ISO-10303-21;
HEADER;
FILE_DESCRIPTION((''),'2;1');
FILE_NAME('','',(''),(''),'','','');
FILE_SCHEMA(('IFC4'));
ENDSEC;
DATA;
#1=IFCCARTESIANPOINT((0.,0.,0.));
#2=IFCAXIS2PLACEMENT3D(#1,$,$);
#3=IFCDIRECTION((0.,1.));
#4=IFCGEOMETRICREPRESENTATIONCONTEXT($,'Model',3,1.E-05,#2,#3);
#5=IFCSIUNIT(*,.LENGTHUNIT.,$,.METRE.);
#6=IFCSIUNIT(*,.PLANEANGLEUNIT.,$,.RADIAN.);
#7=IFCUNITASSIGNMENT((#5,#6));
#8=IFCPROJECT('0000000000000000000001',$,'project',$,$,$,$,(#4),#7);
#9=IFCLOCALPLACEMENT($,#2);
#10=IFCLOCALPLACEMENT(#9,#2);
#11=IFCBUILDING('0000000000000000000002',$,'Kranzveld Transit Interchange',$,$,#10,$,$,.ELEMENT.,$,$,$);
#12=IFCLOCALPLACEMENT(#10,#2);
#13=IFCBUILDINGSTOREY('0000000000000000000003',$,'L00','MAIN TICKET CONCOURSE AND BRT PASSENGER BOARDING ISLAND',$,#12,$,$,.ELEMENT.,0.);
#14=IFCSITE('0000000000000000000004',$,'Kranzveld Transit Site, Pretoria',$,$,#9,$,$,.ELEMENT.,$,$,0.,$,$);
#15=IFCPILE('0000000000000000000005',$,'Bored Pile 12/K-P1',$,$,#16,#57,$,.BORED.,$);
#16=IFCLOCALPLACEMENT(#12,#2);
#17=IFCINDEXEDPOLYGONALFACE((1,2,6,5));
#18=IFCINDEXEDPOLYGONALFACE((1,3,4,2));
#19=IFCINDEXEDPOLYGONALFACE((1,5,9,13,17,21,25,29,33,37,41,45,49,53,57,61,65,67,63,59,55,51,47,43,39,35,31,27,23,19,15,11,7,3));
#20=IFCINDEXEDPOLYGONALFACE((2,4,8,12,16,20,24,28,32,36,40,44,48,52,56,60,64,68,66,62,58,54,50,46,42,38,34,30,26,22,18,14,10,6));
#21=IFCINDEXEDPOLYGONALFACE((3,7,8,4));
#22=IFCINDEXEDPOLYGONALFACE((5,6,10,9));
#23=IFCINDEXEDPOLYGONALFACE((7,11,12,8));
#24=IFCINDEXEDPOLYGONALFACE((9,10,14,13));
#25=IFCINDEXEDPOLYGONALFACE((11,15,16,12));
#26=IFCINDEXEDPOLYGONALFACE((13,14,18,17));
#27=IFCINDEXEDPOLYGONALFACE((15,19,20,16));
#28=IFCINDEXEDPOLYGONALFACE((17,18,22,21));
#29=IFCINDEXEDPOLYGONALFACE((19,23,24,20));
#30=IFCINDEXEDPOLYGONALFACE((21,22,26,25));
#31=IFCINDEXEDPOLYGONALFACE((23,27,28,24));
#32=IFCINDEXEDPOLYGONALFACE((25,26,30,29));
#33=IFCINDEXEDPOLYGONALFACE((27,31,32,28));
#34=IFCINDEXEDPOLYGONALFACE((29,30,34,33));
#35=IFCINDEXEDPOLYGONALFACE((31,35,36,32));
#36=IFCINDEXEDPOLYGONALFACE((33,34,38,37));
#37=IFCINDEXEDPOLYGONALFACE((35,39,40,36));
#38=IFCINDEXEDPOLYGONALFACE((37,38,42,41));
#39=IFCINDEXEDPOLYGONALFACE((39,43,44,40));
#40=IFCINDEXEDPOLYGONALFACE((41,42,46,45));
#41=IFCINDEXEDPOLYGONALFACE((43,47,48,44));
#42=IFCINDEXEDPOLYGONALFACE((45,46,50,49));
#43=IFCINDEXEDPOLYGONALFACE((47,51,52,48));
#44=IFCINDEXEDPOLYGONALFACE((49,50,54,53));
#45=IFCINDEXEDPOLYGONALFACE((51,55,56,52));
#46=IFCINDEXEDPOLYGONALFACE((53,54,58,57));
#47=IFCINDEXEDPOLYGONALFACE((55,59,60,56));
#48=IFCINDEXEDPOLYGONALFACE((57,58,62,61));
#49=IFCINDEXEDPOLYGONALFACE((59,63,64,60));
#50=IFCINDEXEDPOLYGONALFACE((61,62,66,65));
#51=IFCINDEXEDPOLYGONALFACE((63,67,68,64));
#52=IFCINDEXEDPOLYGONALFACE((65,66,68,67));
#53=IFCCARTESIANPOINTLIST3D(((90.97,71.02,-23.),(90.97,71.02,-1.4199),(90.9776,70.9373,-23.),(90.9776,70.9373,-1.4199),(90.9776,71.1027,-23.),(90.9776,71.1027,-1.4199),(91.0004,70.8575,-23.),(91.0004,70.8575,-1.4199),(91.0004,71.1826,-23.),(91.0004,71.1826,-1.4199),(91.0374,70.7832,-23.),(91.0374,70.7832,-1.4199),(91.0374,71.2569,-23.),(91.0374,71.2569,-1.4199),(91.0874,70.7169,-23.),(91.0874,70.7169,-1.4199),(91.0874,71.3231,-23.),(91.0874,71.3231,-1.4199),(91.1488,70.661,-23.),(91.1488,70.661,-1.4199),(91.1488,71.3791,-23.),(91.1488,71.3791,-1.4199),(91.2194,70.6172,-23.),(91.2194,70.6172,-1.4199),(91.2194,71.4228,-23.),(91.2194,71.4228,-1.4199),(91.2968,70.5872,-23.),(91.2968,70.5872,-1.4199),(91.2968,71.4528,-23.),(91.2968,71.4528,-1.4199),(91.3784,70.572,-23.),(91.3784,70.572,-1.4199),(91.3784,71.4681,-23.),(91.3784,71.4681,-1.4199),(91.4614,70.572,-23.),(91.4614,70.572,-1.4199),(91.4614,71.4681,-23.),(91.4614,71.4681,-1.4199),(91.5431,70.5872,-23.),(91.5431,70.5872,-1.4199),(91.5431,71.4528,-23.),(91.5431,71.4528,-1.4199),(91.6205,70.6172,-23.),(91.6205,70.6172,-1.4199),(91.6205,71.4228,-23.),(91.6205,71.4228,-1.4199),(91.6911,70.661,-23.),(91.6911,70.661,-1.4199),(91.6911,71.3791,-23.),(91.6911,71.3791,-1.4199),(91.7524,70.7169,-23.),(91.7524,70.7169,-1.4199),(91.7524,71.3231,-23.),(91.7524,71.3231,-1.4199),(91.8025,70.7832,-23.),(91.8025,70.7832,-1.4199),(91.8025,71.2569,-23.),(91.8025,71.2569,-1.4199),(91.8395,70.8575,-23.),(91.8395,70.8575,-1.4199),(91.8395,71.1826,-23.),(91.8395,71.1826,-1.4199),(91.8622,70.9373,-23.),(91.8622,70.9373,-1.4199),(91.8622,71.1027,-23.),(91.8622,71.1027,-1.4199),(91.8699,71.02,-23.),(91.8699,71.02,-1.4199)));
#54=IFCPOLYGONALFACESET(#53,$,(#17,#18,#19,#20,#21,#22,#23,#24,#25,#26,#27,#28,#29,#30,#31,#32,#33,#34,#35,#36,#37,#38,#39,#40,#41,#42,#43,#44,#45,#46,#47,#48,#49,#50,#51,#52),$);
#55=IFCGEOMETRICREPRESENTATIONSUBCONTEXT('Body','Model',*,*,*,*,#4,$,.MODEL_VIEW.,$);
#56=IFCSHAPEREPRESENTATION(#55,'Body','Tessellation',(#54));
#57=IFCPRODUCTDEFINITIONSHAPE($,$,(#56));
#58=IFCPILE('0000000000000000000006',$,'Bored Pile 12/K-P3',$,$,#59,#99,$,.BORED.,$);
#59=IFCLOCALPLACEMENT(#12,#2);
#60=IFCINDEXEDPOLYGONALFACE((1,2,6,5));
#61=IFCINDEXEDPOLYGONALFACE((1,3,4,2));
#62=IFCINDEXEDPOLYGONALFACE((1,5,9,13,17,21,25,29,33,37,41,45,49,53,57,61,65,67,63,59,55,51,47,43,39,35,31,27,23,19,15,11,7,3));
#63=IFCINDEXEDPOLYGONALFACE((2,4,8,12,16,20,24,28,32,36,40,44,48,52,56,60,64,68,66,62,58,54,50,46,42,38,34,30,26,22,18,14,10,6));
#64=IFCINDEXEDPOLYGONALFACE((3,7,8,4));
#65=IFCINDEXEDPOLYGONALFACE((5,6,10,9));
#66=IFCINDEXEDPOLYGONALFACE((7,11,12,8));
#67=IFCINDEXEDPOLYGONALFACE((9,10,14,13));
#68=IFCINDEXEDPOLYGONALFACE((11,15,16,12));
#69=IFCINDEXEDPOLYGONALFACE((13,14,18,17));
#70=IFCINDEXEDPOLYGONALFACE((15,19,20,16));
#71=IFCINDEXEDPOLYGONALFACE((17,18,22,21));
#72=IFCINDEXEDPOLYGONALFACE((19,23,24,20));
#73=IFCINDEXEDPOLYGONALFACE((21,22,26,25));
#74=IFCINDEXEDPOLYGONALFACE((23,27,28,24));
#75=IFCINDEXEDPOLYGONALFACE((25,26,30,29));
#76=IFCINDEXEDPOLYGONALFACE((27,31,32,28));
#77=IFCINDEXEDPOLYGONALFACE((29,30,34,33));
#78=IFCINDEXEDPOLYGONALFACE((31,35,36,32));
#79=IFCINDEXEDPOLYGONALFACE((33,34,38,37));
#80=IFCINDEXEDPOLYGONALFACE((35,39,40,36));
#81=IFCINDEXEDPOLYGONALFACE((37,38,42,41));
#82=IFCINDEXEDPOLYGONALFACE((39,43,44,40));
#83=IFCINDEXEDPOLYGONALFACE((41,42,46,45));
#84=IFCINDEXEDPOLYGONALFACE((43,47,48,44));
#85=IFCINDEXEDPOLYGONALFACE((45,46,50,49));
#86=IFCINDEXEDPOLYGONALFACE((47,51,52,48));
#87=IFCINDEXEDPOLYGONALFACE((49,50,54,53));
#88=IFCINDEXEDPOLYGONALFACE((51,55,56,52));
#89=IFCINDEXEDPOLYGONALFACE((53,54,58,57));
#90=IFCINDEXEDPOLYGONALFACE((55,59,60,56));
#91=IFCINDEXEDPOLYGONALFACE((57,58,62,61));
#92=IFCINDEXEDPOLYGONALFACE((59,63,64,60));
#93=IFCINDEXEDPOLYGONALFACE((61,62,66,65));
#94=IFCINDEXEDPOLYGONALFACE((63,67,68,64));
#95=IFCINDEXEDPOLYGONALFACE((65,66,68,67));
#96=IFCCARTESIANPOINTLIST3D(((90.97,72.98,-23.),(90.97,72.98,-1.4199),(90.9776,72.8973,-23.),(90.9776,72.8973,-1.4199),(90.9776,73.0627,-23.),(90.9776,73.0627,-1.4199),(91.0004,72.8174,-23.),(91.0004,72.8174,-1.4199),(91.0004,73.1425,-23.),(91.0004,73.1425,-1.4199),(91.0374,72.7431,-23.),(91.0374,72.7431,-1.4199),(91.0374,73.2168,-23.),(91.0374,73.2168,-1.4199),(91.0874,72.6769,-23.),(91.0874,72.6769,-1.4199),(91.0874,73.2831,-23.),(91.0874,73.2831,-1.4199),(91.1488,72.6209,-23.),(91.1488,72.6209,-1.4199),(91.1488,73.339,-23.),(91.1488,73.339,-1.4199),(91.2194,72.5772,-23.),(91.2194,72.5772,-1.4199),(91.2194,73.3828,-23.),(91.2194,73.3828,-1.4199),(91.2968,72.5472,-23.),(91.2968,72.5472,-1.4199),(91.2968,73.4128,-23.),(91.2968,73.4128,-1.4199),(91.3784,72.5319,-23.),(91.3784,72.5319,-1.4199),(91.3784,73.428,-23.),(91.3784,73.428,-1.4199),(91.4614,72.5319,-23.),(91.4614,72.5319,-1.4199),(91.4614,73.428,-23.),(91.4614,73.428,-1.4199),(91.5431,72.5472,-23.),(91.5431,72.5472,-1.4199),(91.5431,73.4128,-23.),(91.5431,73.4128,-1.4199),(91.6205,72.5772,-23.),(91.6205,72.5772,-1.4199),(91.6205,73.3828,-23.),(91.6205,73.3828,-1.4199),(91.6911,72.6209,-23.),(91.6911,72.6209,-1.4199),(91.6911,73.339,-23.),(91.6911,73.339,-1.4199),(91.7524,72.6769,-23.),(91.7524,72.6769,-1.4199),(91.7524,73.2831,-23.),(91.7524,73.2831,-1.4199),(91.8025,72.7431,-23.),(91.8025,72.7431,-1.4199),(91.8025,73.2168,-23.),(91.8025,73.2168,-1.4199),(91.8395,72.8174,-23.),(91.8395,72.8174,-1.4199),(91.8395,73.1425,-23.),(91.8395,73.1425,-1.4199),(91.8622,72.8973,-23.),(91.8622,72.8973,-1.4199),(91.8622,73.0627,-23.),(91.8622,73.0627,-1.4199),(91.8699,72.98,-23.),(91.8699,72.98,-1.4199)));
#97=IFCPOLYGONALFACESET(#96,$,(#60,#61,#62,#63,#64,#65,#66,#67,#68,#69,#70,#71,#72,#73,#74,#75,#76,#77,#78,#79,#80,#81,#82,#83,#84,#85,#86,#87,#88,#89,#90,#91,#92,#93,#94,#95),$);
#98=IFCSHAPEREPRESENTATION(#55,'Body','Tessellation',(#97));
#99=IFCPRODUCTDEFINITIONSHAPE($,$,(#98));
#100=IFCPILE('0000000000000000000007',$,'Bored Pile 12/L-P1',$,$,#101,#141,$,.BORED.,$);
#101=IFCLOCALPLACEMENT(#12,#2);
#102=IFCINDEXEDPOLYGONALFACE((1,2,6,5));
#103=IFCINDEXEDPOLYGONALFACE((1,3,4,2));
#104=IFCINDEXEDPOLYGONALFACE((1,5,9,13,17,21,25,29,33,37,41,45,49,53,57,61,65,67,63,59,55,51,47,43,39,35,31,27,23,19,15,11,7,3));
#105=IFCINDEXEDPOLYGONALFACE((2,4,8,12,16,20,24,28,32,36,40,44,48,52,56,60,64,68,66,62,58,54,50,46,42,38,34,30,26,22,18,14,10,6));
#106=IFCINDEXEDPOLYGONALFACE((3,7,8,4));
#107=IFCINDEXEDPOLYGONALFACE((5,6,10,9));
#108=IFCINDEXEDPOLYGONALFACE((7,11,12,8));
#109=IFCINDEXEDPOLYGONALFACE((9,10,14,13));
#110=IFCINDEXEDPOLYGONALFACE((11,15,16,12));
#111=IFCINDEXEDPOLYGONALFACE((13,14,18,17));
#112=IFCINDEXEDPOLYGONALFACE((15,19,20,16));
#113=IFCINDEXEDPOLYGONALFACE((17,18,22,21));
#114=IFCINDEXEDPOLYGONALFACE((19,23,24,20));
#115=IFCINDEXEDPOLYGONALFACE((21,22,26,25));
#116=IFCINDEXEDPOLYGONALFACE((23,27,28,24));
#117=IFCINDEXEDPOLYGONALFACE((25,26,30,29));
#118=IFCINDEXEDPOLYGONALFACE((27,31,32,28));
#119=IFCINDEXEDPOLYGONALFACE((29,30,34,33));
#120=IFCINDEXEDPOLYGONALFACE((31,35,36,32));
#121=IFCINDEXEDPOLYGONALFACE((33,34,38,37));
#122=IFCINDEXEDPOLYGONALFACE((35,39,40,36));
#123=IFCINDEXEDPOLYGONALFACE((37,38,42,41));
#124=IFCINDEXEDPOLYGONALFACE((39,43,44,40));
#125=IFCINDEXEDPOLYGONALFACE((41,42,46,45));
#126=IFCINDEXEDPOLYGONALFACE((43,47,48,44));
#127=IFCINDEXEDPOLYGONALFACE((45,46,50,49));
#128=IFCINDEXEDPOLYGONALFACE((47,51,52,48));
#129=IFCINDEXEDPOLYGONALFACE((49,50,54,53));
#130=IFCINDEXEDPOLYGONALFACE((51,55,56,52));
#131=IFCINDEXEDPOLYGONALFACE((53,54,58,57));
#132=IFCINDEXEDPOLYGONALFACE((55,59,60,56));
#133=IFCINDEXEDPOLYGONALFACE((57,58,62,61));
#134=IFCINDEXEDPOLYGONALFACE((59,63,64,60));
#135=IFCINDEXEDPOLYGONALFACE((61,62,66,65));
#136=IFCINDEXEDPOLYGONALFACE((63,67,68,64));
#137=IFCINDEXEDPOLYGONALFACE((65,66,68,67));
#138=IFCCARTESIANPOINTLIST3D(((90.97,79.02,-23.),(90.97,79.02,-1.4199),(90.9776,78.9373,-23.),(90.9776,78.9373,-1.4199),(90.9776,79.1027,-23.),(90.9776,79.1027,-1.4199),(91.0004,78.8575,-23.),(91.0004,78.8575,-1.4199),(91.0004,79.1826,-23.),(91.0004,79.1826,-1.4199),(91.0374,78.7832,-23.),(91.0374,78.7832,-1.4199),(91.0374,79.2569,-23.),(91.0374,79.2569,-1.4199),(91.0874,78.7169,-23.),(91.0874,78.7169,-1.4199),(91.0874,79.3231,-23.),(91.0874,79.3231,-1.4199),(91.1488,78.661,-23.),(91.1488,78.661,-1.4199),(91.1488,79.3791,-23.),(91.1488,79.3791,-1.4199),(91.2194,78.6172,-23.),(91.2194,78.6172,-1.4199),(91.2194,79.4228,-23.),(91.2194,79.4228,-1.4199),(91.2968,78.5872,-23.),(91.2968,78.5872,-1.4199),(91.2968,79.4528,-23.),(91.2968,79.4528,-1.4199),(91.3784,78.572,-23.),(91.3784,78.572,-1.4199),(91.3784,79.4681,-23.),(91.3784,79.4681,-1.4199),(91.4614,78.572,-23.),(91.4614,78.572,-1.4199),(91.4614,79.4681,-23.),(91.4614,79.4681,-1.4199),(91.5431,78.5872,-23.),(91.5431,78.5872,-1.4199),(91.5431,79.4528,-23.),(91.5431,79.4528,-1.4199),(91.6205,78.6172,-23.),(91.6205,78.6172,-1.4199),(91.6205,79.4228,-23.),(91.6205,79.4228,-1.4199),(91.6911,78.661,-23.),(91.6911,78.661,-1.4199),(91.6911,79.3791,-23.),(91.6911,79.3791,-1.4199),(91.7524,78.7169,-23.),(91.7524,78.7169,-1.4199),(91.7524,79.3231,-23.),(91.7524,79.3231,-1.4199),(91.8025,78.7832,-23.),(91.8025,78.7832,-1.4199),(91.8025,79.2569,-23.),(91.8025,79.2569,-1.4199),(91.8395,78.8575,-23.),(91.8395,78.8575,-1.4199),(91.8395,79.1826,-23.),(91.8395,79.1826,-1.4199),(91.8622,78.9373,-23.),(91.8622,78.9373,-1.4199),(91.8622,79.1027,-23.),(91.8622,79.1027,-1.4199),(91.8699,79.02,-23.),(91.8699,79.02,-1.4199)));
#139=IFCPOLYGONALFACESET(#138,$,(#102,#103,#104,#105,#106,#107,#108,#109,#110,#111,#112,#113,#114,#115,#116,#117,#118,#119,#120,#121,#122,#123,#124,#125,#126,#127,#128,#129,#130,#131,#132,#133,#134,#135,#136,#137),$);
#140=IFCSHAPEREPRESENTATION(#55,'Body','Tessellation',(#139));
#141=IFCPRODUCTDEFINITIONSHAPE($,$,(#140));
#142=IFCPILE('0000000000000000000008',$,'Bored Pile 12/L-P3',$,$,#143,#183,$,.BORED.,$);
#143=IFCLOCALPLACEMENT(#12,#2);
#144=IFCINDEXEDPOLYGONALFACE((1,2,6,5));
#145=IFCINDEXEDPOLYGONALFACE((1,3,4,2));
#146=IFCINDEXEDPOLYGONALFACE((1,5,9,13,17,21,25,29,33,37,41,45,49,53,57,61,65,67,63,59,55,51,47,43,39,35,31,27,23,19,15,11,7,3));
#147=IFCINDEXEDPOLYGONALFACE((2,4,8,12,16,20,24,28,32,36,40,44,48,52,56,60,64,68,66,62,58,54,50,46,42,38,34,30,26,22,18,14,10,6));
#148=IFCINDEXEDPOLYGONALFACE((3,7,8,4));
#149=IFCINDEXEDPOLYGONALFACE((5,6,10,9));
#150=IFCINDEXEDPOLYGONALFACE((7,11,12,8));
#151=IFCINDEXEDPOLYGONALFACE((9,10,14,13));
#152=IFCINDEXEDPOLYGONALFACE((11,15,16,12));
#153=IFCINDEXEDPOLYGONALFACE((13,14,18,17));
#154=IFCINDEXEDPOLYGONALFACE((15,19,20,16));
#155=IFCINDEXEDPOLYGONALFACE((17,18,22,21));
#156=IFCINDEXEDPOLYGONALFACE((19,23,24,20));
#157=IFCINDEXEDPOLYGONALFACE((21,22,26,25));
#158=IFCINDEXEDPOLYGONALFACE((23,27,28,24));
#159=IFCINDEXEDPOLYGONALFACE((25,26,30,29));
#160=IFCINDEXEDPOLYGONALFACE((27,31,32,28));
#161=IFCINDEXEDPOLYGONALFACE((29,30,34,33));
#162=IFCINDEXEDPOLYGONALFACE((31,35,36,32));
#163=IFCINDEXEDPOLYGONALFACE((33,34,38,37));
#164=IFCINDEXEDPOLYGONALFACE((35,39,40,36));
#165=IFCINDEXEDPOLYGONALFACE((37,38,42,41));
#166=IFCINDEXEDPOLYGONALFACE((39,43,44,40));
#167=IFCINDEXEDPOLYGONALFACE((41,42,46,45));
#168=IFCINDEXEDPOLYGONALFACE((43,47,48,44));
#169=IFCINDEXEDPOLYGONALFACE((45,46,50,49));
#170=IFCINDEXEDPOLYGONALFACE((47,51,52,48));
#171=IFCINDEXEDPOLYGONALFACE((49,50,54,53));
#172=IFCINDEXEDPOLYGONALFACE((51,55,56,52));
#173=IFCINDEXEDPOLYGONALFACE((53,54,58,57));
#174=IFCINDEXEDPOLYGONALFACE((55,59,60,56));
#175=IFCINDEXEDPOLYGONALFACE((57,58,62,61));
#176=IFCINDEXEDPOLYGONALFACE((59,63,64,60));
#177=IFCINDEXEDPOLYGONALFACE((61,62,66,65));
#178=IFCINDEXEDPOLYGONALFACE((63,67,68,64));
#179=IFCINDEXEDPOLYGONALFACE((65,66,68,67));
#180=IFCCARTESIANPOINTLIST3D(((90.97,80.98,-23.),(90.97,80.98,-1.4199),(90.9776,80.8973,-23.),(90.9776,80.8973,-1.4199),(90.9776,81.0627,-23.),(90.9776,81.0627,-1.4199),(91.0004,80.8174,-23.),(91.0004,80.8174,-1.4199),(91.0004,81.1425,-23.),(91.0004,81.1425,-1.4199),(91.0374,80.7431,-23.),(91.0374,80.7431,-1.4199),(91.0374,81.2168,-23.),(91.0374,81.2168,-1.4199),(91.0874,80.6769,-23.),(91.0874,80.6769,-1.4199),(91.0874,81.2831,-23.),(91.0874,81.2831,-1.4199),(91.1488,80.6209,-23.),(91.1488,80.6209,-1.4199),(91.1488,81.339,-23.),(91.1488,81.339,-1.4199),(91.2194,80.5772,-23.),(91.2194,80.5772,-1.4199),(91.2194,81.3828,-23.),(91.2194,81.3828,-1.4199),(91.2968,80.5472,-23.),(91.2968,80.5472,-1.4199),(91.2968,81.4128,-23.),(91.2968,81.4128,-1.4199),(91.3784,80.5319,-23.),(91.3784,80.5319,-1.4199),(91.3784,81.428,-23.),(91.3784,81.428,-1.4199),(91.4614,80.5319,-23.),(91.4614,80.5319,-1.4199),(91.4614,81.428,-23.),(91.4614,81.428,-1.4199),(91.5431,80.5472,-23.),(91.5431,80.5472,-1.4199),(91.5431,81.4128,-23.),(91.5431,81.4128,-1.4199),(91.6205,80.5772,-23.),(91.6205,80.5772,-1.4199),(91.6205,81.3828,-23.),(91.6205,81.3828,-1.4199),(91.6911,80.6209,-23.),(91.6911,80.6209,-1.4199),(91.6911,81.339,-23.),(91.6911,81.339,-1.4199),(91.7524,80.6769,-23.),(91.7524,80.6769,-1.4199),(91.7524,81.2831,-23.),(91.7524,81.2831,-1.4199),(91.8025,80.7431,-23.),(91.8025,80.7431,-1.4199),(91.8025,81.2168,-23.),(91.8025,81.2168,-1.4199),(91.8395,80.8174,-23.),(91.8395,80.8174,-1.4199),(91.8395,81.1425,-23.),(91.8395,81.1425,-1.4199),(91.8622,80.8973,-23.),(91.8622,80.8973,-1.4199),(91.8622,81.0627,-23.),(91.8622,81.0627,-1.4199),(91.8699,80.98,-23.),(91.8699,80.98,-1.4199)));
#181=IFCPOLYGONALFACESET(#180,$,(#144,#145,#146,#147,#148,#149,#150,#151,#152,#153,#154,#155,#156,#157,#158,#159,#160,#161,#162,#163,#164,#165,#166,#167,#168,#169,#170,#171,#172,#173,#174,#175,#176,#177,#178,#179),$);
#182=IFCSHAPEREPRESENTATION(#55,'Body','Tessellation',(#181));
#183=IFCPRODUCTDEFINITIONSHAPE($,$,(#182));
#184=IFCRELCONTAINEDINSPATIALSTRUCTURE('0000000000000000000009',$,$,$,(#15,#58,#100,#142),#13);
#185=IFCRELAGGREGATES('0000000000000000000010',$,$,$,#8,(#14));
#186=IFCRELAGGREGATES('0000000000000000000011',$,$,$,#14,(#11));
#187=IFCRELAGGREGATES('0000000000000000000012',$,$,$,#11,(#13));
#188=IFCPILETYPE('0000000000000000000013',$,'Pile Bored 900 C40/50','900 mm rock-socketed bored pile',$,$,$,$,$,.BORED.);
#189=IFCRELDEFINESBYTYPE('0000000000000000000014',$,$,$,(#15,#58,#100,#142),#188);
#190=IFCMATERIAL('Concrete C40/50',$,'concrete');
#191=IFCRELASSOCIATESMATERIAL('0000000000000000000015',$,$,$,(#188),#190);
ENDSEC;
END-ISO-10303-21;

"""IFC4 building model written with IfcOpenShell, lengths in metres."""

from ifc_helpers import new_model, si_unit, direction, frame, origin, origin_2d, place, context, subcontext, project, spatial, circle, extrude, material, material_profile, profile_set, type_object, element, save


model = new_model("IFC4")

# Units and contexts
model_context = context("Model", 3, precision=1e-05, world=origin(), true_north=direction((0.0, 1.0)))
body_context = subcontext(model_context, "Body", "Model", "MODEL_VIEW")
ifc_project = project(units=[si_unit("LENGTHUNIT", "METRE"), si_unit("PLANEANGLEUNIT", "RADIAN")], contexts=[model_context])

# Site, building, storey
site_placement = place(None, origin())
site = spatial("IfcSite", under=ifc_project, at=site_placement, Name="Kranzveld Transit Site, Pretoria", CompositionType="ELEMENT", RefElevation=0.0)
building_placement = place(site_placement, origin())
building = spatial("IfcBuilding", under=site, at=building_placement, Name="Kranzveld Transit Interchange", CompositionType="ELEMENT")
storey_placement = place(building_placement, origin())
storey = spatial("IfcBuildingStorey", under=building, at=storey_placement, Name="L00", Description="MAIN TICKET CONCOURSE AND BRT PASSENGER BOARDING ISLAND", CompositionType="ELEMENT", Elevation=0.0)

# Piles
ifc_material_1 = material(Name="Concrete C40/50", Category="concrete")
ifc_material_profile_1 = material_profile(ifc_material_1, circle(Radius=0.45, at=origin_2d()), Name="BORED PILE 900")
ifc_profile_set_1 = profile_set([ifc_material_profile_1], Name="Concrete C40/50")
pile_type_1 = type_object("IfcPileType", Name="Pile Bored 900 C40/50", Description="900 mm rock-socketed bored pile", PredefinedType="BORED", material=ifc_profile_set_1)
for number, where, z_axis, x_axis, name in (
    (1, (91.4199, 71.02, -1.4199), (0.0, 0.0, -1.0), (1.0, 0.0, 0.0), "Bored Pile 12/K-P1"),
    (2, (91.4199, 72.98, -1.4199), (0.0, 0.0, -1.0), (1.0, 0.0, 0.0), "Bored Pile 12/K-P3"),
    (3, (91.4199, 79.02, -1.4199), (0.0, 0.0, -1.0), (1.0, 0.0, 0.0), "Bored Pile 12/L-P1"),
    (4, (91.4199, 80.98, -1.4199), (0.0, 0.0, -1.0), (1.0, 0.0, 0.0), "Bored Pile 12/L-P3"),
):
    element("IfcPile", number, at=place(storey_placement, frame(where, z_axis=z_axis, x_axis=x_axis)), inside=storey, type_object=pile_type_1, Name=name, PredefinedType="BORED", context=body_context, shape_type="SweptSolid", body=[
        extrude(circle(Radius=0.45, at=origin_2d()), origin(), (0.0, 0.0, 1.0), 21.5801),
    ])

save(model, "model.ifc")
